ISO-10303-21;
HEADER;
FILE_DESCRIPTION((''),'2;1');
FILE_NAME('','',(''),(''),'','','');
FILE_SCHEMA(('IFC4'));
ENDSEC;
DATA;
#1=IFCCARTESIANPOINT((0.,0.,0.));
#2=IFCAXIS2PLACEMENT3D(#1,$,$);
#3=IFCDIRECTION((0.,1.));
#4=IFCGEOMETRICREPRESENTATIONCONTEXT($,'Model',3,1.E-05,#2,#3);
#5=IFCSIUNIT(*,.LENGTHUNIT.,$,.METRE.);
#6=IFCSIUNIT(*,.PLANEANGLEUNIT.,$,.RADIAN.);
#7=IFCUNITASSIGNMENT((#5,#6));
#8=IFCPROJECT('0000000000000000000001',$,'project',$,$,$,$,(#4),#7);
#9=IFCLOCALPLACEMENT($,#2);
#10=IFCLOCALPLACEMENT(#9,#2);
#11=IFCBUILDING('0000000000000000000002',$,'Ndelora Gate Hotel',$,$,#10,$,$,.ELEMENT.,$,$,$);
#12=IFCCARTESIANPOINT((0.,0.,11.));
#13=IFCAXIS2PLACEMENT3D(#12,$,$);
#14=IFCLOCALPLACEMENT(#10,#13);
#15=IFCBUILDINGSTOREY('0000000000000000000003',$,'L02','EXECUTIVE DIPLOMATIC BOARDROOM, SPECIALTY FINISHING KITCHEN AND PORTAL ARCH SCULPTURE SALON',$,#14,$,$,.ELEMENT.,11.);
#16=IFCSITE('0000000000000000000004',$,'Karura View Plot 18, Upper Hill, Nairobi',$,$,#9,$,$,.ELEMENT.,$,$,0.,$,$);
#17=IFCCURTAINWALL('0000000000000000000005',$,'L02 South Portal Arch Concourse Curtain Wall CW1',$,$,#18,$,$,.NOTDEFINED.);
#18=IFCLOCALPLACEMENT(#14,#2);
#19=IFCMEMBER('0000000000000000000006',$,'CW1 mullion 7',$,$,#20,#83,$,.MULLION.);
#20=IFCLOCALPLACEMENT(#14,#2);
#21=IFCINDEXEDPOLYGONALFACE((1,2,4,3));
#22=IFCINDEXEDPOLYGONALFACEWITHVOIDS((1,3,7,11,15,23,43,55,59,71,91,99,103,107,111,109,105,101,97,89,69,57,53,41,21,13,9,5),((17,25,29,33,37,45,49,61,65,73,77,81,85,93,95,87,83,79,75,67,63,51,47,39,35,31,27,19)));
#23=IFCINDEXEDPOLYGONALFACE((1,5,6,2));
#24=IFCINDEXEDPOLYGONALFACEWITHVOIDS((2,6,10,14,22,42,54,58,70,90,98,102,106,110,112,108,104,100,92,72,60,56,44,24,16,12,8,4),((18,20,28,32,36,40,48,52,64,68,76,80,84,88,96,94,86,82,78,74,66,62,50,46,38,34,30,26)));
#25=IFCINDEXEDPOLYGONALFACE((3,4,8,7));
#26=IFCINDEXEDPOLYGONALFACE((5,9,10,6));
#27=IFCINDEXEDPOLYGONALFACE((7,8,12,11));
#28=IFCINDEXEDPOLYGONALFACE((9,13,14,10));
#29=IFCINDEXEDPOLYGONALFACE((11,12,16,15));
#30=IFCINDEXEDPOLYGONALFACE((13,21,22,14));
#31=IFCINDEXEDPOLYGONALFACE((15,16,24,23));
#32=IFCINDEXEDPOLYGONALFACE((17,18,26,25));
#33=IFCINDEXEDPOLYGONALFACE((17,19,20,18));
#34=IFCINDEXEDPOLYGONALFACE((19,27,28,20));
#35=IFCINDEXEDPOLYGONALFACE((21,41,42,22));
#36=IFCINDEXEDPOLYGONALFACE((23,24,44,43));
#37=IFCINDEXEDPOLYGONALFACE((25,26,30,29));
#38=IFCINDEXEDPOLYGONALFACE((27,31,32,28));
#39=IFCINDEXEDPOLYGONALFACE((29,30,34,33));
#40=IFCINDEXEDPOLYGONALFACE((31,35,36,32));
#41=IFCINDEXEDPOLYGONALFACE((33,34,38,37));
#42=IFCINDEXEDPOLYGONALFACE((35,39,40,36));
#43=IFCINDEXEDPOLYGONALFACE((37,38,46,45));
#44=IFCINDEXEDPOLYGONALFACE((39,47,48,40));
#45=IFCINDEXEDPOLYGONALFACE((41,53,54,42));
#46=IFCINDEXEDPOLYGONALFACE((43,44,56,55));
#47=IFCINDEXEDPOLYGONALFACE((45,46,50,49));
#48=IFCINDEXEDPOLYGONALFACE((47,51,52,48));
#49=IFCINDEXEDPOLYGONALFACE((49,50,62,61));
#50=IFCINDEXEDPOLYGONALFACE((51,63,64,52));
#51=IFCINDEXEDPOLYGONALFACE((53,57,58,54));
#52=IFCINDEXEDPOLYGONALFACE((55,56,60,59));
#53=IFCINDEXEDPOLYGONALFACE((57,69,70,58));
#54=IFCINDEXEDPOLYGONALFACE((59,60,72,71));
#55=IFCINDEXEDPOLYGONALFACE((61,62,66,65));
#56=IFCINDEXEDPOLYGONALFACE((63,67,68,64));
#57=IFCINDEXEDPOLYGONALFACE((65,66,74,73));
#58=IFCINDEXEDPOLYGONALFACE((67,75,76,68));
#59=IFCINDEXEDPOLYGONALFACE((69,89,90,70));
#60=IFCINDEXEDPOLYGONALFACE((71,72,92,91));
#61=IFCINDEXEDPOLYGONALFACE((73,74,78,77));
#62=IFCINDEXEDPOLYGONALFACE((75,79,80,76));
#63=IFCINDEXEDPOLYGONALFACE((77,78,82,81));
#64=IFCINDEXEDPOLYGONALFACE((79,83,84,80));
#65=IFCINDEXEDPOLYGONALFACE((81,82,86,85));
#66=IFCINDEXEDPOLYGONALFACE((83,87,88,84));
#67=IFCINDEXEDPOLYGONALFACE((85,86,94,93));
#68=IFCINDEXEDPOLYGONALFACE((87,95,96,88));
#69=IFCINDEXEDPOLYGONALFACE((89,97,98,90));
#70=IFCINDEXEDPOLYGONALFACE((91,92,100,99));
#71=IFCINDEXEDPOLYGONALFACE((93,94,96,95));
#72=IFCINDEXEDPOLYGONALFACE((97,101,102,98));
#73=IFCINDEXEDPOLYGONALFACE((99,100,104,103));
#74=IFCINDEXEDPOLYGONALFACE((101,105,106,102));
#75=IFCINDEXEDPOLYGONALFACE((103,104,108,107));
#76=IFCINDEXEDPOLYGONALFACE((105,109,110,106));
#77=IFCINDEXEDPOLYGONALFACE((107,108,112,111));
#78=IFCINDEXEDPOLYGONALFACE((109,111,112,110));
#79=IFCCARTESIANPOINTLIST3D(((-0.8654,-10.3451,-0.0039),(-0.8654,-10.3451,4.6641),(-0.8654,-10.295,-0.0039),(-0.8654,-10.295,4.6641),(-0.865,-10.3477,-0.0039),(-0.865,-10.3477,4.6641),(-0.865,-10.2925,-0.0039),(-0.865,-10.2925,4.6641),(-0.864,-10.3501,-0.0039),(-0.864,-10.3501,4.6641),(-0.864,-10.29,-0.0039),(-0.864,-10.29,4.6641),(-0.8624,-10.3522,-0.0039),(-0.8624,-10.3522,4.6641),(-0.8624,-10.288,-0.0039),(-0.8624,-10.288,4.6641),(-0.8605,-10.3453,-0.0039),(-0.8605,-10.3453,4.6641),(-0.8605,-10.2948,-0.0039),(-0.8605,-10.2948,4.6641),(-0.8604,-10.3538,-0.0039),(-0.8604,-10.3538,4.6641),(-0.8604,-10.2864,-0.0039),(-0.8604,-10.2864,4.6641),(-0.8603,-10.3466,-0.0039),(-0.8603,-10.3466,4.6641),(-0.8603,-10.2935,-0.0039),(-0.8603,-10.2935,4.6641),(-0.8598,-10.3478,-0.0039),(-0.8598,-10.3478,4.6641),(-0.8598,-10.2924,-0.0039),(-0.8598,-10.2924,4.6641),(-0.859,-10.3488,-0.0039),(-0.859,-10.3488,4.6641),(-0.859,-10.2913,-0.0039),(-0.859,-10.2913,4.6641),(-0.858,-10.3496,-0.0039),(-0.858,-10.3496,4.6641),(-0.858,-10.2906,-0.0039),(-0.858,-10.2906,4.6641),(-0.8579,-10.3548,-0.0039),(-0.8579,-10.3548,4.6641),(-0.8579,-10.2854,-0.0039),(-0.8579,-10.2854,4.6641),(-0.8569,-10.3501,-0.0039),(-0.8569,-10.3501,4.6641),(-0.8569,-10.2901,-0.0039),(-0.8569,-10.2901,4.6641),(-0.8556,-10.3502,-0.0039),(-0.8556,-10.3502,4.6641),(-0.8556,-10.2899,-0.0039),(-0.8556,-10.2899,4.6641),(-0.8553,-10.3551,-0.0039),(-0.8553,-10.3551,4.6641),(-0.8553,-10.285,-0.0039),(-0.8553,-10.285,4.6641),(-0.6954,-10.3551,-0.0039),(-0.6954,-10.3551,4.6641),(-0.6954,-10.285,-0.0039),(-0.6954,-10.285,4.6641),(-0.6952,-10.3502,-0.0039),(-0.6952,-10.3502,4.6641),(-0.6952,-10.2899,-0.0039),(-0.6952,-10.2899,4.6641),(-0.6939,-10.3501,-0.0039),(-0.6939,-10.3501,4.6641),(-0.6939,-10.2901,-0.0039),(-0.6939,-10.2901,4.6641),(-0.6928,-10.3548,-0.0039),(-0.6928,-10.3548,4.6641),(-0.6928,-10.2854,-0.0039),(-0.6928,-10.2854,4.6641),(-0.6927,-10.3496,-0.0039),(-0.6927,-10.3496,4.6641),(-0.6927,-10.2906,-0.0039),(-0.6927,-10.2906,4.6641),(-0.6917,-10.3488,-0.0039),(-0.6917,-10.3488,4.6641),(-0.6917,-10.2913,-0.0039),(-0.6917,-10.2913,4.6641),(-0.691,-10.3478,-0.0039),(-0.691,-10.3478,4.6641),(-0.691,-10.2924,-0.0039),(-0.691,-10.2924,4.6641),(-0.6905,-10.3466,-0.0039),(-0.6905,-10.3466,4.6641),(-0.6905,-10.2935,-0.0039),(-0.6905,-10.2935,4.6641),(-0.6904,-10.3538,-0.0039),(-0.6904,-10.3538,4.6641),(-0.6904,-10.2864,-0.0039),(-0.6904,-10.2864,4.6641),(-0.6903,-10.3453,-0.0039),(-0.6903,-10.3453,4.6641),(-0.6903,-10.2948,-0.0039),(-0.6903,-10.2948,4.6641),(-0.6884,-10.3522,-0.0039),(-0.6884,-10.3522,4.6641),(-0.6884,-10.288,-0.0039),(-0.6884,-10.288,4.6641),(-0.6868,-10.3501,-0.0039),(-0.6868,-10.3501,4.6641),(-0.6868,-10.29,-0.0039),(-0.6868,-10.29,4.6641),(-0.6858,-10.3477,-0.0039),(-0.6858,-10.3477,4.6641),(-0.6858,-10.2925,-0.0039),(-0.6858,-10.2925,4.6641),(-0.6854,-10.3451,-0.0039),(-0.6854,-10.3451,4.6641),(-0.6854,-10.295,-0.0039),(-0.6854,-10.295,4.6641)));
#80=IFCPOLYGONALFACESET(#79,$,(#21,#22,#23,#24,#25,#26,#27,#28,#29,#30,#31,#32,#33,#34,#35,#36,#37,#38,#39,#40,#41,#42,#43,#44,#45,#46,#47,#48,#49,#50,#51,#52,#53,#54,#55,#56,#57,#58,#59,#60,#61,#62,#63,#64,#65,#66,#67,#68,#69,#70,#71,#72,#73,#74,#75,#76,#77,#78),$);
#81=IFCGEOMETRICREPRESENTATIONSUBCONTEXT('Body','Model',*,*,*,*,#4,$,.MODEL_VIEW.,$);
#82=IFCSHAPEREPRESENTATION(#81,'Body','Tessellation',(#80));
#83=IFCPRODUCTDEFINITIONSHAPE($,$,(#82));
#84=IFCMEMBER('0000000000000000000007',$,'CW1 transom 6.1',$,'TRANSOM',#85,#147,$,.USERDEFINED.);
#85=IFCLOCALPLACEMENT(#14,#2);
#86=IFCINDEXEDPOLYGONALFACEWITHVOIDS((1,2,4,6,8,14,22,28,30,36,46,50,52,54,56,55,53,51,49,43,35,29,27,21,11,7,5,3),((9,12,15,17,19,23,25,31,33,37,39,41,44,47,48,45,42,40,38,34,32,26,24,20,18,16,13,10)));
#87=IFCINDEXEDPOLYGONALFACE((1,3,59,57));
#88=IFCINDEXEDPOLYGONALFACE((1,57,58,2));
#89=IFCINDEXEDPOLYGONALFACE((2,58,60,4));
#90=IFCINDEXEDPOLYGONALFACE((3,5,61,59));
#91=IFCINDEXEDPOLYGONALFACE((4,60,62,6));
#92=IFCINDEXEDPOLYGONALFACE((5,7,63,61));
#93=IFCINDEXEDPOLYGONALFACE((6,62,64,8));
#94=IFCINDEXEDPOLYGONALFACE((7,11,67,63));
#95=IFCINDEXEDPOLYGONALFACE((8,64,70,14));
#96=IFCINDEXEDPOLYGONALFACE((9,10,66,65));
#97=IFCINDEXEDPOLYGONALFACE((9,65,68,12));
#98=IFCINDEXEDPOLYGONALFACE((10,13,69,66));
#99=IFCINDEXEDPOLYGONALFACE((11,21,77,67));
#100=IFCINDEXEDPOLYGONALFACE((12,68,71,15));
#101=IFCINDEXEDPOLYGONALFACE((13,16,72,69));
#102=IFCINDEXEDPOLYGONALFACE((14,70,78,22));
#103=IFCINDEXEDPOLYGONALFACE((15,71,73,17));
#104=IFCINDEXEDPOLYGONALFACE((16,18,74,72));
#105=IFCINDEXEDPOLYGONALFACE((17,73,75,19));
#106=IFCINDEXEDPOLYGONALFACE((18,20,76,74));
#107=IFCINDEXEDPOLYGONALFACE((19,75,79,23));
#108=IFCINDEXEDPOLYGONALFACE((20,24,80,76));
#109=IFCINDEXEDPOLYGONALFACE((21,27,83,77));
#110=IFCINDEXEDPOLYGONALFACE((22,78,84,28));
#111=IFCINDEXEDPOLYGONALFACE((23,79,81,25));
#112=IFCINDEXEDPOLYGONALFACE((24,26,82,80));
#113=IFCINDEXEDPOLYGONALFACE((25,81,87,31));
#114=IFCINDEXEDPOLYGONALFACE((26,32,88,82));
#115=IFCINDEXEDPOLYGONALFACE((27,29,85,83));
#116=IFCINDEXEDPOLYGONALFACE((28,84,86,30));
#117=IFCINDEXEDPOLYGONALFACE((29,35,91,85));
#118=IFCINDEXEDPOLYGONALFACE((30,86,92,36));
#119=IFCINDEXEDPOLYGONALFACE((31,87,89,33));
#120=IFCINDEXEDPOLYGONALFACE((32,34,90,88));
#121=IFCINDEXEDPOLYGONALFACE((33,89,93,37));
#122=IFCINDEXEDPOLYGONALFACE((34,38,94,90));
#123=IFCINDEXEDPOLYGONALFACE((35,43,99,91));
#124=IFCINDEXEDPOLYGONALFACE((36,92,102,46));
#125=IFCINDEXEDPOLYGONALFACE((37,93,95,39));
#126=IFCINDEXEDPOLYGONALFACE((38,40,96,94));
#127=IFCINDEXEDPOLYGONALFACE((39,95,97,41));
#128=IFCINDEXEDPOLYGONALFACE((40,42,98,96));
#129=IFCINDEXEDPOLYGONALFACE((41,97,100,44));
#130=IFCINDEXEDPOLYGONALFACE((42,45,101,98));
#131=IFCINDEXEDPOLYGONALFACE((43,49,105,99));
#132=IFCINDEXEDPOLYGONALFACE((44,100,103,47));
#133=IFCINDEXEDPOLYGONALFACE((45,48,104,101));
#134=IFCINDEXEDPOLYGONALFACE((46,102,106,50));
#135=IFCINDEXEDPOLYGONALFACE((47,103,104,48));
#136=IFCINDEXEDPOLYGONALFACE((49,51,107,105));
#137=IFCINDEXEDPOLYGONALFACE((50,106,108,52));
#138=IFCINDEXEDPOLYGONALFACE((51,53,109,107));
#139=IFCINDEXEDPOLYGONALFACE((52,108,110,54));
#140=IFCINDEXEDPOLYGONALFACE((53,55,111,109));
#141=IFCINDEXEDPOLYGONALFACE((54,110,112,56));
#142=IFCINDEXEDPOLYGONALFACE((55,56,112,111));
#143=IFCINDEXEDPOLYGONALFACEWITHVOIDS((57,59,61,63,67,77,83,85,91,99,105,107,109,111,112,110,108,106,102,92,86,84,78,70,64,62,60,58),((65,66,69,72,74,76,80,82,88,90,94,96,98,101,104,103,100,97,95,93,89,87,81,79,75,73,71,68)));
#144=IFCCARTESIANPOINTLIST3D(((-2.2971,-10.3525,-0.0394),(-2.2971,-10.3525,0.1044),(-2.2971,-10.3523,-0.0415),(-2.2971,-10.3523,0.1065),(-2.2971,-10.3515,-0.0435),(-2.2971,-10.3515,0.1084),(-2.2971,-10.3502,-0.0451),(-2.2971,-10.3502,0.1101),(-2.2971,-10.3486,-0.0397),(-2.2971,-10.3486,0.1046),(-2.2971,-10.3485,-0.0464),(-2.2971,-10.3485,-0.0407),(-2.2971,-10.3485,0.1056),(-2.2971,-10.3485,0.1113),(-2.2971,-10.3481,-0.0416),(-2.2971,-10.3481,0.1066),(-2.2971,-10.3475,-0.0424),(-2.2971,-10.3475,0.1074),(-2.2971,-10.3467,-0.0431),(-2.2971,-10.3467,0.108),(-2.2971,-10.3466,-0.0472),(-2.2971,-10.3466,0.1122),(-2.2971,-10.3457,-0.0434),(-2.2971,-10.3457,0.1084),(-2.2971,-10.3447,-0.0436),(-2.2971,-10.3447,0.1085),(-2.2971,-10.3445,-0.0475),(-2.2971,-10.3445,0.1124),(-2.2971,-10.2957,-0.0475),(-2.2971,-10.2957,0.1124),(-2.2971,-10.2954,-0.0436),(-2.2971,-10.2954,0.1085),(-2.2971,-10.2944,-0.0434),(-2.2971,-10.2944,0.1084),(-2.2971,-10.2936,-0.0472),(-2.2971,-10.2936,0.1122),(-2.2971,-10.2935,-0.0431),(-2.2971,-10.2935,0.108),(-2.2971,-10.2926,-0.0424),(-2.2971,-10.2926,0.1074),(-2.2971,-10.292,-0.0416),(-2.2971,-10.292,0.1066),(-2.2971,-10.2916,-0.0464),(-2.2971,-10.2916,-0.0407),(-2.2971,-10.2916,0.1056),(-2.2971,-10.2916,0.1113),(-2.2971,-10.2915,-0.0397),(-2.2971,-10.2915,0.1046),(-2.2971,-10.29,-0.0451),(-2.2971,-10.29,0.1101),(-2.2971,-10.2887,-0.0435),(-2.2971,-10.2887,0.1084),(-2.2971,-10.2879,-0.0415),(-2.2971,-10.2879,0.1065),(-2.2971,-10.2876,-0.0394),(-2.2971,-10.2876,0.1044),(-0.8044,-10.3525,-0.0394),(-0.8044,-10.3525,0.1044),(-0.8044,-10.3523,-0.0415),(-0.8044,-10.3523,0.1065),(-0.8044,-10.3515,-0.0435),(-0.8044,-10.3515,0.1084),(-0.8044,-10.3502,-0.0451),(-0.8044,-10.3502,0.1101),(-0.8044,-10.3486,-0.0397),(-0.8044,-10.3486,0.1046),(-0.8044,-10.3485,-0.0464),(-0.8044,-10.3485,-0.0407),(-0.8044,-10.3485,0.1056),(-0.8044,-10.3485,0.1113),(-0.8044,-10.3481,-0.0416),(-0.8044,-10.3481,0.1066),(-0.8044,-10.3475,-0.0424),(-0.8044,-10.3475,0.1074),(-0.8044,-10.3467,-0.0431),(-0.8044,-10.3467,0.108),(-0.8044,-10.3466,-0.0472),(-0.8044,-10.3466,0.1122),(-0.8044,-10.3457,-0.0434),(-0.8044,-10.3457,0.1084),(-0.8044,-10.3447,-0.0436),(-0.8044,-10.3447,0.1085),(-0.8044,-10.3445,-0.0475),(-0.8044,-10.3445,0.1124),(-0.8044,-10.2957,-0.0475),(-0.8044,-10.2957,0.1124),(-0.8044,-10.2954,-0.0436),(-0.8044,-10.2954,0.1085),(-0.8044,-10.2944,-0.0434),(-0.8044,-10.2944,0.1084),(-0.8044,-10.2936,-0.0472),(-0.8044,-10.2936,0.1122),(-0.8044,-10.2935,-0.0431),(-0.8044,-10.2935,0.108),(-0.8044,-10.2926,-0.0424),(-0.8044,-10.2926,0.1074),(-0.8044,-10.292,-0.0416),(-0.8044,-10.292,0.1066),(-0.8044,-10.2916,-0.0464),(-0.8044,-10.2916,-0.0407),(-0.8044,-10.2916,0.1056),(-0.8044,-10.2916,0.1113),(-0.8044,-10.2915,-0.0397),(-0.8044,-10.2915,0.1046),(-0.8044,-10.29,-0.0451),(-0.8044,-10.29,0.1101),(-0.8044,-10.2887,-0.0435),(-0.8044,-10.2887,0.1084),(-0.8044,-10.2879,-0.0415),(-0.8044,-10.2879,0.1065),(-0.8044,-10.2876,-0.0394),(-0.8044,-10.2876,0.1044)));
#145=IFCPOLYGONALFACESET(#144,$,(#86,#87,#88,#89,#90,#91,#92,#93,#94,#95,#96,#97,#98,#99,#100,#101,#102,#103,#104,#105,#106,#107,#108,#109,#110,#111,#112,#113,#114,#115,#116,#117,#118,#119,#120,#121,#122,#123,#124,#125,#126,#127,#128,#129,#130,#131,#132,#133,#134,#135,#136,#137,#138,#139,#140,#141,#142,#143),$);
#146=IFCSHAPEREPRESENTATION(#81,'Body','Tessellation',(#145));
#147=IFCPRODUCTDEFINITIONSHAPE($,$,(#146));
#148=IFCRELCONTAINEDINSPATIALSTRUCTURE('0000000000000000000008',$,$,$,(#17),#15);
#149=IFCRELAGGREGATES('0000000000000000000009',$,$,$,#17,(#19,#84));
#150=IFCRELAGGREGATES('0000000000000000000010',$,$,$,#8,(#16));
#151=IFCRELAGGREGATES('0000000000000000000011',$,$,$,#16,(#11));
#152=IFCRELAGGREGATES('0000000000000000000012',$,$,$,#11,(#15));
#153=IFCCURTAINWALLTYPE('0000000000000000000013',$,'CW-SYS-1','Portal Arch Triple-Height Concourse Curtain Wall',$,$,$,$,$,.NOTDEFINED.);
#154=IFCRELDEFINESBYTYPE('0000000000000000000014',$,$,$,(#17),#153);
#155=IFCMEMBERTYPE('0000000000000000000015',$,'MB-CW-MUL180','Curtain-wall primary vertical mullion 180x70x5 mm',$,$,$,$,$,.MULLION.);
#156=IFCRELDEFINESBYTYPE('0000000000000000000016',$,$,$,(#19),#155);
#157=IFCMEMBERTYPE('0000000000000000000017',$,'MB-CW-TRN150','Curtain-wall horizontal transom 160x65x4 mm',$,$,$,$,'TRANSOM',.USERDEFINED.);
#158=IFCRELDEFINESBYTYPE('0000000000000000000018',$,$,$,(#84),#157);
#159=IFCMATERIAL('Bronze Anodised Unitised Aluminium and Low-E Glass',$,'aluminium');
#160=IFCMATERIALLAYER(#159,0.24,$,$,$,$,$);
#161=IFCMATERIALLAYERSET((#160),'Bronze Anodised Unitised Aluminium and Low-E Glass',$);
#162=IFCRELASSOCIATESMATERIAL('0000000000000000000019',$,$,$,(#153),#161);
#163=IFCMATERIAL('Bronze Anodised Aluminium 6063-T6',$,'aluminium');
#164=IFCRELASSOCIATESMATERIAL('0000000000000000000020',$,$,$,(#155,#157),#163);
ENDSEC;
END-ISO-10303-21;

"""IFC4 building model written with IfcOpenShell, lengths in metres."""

from ifc_helpers import new_model, si_unit, direction, frame, origin, origin_2d, place, context, subcontext, project, spatial, hollow_rectangle, extrude, material, layer, layer_set, material_profile, profile_set, type_object, element, aggregate, save


model = new_model("IFC4")

# Units and contexts
model_context = context("Model", 3, precision=1e-05, world=origin(), true_north=direction((0.0, 1.0)))
body_context = subcontext(model_context, "Body", "Model", "MODEL_VIEW")
ifc_project = project(units=[si_unit("LENGTHUNIT", "METRE"), si_unit("PLANEANGLEUNIT", "RADIAN")], contexts=[model_context])

# Site, building, storey
site_placement = place(None, origin())
site = spatial("IfcSite", under=ifc_project, at=site_placement, Name="Karura View Plot 18, Upper Hill, Nairobi", CompositionType="ELEMENT", RefElevation=0.0)
building_placement = place(site_placement, origin())
building = spatial("IfcBuilding", under=site, at=building_placement, Name="Ndelora Gate Hotel", CompositionType="ELEMENT")
storey_placement = place(building_placement, frame((0.0, 0.0, 11.0)))
storey = spatial("IfcBuildingStorey", under=building, at=storey_placement, Name="L02", Description="EXECUTIVE DIPLOMATIC BOARDROOM, SPECIALTY FINISHING KITCHEN AND PORTAL ARCH SCULPTURE SALON", CompositionType="ELEMENT", Elevation=11.0)

# Curtain wall, members
ifc_material_1 = material(Name="Bronze Anodised Unitised Aluminium and Low-E Glass", Category="aluminium")
ifc_layer_1 = layer(ifc_material_1, 0.24)
ifc_layer_set_1 = layer_set([ifc_layer_1], Name="Bronze Anodised Unitised Aluminium and Low-E Glass")
curtain_wall_type = type_object("IfcCurtainWallType", Name="CW-SYS-1", Description="Portal Arch Triple-Height Concourse Curtain Wall", PredefinedType="NOTDEFINED", material=ifc_layer_set_1)
curtain_wall_placement = place(storey_placement, origin())
curtain_wall = element("IfcCurtainWall", 1, at=curtain_wall_placement, inside=storey, type_object=curtain_wall_type, Name="L02 South Portal Arch Concourse Curtain Wall CW1", PredefinedType="NOTDEFINED")
ifc_material_2 = material(Name="Bronze Anodised Aluminium 6063-T6", Category="aluminium")
ifc_material_profile_1 = material_profile(ifc_material_2, hollow_rectangle(XDim=0.0701, YDim=0.1799, WallThickness=0.0049, InnerFilletRadius=0.0049, OuterFilletRadius=0.01, at=origin_2d()), Name="ALU 180x70x5")
ifc_profile_set_1 = profile_set([ifc_material_profile_1], Name="Bronze Anodised Aluminium 6063-T6")
member_type_1 = type_object("IfcMemberType", Name="MB-CW-MUL180", Description="Curtain-wall primary vertical mullion 180x70x5 mm", PredefinedType="MULLION", material=ifc_profile_set_1)
member_1_placement = place(storey_placement, frame((-0.7754, -10.3201, -0.0039), z_axis=(0.0, 0.0, 1.0), x_axis=(0.0, 1.0, 0.0)))
member_1 = element("IfcMember", 2, at=member_1_placement, type_object=member_type_1, Name="CW1 mullion 7", PredefinedType="MULLION", context=body_context, shape_type="SweptSolid", body=[
    extrude(hollow_rectangle(XDim=0.0701, YDim=0.1799, WallThickness=0.0049, InnerFilletRadius=0.0049, OuterFilletRadius=0.01, at=origin_2d()), origin(), (0.0, 0.0, 1.0), 4.668),
])
ifc_material_profile_2 = material_profile(ifc_material_2, hollow_rectangle(XDim=0.0649, YDim=0.1599, WallThickness=0.0039, InnerFilletRadius=0.0039, OuterFilletRadius=0.0081, at=origin_2d()), Name="ALU 160x65x4")
ifc_profile_set_2 = profile_set([ifc_material_profile_2], Name="Bronze Anodised Aluminium 6063-T6")
member_type_2 = type_object("IfcMemberType", Name="MB-CW-TRN150", Description="Curtain-wall horizontal transom 160x65x4 mm", ElementType="TRANSOM", PredefinedType="USERDEFINED", material=ifc_profile_set_2)
member_2_placement = place(storey_placement, frame((-2.2971, -10.3201, 0.0325), z_axis=(1.0, 0.0, 0.0), x_axis=(0.0, 1.0, 0.0)))
member_2 = element("IfcMember", 3, at=member_2_placement, type_object=member_type_2, Name="CW1 transom 6.1", ObjectType="TRANSOM", PredefinedType="USERDEFINED", context=body_context, shape_type="SweptSolid", body=[
    extrude(hollow_rectangle(XDim=0.0649, YDim=0.1599, WallThickness=0.0039, InnerFilletRadius=0.0039, OuterFilletRadius=0.0081, at=origin_2d()), origin(), (0.0, 0.0, 1.0), 1.4927),
])
aggregate(curtain_wall, [member_1, member_2])

save(model, "model.ifc")
